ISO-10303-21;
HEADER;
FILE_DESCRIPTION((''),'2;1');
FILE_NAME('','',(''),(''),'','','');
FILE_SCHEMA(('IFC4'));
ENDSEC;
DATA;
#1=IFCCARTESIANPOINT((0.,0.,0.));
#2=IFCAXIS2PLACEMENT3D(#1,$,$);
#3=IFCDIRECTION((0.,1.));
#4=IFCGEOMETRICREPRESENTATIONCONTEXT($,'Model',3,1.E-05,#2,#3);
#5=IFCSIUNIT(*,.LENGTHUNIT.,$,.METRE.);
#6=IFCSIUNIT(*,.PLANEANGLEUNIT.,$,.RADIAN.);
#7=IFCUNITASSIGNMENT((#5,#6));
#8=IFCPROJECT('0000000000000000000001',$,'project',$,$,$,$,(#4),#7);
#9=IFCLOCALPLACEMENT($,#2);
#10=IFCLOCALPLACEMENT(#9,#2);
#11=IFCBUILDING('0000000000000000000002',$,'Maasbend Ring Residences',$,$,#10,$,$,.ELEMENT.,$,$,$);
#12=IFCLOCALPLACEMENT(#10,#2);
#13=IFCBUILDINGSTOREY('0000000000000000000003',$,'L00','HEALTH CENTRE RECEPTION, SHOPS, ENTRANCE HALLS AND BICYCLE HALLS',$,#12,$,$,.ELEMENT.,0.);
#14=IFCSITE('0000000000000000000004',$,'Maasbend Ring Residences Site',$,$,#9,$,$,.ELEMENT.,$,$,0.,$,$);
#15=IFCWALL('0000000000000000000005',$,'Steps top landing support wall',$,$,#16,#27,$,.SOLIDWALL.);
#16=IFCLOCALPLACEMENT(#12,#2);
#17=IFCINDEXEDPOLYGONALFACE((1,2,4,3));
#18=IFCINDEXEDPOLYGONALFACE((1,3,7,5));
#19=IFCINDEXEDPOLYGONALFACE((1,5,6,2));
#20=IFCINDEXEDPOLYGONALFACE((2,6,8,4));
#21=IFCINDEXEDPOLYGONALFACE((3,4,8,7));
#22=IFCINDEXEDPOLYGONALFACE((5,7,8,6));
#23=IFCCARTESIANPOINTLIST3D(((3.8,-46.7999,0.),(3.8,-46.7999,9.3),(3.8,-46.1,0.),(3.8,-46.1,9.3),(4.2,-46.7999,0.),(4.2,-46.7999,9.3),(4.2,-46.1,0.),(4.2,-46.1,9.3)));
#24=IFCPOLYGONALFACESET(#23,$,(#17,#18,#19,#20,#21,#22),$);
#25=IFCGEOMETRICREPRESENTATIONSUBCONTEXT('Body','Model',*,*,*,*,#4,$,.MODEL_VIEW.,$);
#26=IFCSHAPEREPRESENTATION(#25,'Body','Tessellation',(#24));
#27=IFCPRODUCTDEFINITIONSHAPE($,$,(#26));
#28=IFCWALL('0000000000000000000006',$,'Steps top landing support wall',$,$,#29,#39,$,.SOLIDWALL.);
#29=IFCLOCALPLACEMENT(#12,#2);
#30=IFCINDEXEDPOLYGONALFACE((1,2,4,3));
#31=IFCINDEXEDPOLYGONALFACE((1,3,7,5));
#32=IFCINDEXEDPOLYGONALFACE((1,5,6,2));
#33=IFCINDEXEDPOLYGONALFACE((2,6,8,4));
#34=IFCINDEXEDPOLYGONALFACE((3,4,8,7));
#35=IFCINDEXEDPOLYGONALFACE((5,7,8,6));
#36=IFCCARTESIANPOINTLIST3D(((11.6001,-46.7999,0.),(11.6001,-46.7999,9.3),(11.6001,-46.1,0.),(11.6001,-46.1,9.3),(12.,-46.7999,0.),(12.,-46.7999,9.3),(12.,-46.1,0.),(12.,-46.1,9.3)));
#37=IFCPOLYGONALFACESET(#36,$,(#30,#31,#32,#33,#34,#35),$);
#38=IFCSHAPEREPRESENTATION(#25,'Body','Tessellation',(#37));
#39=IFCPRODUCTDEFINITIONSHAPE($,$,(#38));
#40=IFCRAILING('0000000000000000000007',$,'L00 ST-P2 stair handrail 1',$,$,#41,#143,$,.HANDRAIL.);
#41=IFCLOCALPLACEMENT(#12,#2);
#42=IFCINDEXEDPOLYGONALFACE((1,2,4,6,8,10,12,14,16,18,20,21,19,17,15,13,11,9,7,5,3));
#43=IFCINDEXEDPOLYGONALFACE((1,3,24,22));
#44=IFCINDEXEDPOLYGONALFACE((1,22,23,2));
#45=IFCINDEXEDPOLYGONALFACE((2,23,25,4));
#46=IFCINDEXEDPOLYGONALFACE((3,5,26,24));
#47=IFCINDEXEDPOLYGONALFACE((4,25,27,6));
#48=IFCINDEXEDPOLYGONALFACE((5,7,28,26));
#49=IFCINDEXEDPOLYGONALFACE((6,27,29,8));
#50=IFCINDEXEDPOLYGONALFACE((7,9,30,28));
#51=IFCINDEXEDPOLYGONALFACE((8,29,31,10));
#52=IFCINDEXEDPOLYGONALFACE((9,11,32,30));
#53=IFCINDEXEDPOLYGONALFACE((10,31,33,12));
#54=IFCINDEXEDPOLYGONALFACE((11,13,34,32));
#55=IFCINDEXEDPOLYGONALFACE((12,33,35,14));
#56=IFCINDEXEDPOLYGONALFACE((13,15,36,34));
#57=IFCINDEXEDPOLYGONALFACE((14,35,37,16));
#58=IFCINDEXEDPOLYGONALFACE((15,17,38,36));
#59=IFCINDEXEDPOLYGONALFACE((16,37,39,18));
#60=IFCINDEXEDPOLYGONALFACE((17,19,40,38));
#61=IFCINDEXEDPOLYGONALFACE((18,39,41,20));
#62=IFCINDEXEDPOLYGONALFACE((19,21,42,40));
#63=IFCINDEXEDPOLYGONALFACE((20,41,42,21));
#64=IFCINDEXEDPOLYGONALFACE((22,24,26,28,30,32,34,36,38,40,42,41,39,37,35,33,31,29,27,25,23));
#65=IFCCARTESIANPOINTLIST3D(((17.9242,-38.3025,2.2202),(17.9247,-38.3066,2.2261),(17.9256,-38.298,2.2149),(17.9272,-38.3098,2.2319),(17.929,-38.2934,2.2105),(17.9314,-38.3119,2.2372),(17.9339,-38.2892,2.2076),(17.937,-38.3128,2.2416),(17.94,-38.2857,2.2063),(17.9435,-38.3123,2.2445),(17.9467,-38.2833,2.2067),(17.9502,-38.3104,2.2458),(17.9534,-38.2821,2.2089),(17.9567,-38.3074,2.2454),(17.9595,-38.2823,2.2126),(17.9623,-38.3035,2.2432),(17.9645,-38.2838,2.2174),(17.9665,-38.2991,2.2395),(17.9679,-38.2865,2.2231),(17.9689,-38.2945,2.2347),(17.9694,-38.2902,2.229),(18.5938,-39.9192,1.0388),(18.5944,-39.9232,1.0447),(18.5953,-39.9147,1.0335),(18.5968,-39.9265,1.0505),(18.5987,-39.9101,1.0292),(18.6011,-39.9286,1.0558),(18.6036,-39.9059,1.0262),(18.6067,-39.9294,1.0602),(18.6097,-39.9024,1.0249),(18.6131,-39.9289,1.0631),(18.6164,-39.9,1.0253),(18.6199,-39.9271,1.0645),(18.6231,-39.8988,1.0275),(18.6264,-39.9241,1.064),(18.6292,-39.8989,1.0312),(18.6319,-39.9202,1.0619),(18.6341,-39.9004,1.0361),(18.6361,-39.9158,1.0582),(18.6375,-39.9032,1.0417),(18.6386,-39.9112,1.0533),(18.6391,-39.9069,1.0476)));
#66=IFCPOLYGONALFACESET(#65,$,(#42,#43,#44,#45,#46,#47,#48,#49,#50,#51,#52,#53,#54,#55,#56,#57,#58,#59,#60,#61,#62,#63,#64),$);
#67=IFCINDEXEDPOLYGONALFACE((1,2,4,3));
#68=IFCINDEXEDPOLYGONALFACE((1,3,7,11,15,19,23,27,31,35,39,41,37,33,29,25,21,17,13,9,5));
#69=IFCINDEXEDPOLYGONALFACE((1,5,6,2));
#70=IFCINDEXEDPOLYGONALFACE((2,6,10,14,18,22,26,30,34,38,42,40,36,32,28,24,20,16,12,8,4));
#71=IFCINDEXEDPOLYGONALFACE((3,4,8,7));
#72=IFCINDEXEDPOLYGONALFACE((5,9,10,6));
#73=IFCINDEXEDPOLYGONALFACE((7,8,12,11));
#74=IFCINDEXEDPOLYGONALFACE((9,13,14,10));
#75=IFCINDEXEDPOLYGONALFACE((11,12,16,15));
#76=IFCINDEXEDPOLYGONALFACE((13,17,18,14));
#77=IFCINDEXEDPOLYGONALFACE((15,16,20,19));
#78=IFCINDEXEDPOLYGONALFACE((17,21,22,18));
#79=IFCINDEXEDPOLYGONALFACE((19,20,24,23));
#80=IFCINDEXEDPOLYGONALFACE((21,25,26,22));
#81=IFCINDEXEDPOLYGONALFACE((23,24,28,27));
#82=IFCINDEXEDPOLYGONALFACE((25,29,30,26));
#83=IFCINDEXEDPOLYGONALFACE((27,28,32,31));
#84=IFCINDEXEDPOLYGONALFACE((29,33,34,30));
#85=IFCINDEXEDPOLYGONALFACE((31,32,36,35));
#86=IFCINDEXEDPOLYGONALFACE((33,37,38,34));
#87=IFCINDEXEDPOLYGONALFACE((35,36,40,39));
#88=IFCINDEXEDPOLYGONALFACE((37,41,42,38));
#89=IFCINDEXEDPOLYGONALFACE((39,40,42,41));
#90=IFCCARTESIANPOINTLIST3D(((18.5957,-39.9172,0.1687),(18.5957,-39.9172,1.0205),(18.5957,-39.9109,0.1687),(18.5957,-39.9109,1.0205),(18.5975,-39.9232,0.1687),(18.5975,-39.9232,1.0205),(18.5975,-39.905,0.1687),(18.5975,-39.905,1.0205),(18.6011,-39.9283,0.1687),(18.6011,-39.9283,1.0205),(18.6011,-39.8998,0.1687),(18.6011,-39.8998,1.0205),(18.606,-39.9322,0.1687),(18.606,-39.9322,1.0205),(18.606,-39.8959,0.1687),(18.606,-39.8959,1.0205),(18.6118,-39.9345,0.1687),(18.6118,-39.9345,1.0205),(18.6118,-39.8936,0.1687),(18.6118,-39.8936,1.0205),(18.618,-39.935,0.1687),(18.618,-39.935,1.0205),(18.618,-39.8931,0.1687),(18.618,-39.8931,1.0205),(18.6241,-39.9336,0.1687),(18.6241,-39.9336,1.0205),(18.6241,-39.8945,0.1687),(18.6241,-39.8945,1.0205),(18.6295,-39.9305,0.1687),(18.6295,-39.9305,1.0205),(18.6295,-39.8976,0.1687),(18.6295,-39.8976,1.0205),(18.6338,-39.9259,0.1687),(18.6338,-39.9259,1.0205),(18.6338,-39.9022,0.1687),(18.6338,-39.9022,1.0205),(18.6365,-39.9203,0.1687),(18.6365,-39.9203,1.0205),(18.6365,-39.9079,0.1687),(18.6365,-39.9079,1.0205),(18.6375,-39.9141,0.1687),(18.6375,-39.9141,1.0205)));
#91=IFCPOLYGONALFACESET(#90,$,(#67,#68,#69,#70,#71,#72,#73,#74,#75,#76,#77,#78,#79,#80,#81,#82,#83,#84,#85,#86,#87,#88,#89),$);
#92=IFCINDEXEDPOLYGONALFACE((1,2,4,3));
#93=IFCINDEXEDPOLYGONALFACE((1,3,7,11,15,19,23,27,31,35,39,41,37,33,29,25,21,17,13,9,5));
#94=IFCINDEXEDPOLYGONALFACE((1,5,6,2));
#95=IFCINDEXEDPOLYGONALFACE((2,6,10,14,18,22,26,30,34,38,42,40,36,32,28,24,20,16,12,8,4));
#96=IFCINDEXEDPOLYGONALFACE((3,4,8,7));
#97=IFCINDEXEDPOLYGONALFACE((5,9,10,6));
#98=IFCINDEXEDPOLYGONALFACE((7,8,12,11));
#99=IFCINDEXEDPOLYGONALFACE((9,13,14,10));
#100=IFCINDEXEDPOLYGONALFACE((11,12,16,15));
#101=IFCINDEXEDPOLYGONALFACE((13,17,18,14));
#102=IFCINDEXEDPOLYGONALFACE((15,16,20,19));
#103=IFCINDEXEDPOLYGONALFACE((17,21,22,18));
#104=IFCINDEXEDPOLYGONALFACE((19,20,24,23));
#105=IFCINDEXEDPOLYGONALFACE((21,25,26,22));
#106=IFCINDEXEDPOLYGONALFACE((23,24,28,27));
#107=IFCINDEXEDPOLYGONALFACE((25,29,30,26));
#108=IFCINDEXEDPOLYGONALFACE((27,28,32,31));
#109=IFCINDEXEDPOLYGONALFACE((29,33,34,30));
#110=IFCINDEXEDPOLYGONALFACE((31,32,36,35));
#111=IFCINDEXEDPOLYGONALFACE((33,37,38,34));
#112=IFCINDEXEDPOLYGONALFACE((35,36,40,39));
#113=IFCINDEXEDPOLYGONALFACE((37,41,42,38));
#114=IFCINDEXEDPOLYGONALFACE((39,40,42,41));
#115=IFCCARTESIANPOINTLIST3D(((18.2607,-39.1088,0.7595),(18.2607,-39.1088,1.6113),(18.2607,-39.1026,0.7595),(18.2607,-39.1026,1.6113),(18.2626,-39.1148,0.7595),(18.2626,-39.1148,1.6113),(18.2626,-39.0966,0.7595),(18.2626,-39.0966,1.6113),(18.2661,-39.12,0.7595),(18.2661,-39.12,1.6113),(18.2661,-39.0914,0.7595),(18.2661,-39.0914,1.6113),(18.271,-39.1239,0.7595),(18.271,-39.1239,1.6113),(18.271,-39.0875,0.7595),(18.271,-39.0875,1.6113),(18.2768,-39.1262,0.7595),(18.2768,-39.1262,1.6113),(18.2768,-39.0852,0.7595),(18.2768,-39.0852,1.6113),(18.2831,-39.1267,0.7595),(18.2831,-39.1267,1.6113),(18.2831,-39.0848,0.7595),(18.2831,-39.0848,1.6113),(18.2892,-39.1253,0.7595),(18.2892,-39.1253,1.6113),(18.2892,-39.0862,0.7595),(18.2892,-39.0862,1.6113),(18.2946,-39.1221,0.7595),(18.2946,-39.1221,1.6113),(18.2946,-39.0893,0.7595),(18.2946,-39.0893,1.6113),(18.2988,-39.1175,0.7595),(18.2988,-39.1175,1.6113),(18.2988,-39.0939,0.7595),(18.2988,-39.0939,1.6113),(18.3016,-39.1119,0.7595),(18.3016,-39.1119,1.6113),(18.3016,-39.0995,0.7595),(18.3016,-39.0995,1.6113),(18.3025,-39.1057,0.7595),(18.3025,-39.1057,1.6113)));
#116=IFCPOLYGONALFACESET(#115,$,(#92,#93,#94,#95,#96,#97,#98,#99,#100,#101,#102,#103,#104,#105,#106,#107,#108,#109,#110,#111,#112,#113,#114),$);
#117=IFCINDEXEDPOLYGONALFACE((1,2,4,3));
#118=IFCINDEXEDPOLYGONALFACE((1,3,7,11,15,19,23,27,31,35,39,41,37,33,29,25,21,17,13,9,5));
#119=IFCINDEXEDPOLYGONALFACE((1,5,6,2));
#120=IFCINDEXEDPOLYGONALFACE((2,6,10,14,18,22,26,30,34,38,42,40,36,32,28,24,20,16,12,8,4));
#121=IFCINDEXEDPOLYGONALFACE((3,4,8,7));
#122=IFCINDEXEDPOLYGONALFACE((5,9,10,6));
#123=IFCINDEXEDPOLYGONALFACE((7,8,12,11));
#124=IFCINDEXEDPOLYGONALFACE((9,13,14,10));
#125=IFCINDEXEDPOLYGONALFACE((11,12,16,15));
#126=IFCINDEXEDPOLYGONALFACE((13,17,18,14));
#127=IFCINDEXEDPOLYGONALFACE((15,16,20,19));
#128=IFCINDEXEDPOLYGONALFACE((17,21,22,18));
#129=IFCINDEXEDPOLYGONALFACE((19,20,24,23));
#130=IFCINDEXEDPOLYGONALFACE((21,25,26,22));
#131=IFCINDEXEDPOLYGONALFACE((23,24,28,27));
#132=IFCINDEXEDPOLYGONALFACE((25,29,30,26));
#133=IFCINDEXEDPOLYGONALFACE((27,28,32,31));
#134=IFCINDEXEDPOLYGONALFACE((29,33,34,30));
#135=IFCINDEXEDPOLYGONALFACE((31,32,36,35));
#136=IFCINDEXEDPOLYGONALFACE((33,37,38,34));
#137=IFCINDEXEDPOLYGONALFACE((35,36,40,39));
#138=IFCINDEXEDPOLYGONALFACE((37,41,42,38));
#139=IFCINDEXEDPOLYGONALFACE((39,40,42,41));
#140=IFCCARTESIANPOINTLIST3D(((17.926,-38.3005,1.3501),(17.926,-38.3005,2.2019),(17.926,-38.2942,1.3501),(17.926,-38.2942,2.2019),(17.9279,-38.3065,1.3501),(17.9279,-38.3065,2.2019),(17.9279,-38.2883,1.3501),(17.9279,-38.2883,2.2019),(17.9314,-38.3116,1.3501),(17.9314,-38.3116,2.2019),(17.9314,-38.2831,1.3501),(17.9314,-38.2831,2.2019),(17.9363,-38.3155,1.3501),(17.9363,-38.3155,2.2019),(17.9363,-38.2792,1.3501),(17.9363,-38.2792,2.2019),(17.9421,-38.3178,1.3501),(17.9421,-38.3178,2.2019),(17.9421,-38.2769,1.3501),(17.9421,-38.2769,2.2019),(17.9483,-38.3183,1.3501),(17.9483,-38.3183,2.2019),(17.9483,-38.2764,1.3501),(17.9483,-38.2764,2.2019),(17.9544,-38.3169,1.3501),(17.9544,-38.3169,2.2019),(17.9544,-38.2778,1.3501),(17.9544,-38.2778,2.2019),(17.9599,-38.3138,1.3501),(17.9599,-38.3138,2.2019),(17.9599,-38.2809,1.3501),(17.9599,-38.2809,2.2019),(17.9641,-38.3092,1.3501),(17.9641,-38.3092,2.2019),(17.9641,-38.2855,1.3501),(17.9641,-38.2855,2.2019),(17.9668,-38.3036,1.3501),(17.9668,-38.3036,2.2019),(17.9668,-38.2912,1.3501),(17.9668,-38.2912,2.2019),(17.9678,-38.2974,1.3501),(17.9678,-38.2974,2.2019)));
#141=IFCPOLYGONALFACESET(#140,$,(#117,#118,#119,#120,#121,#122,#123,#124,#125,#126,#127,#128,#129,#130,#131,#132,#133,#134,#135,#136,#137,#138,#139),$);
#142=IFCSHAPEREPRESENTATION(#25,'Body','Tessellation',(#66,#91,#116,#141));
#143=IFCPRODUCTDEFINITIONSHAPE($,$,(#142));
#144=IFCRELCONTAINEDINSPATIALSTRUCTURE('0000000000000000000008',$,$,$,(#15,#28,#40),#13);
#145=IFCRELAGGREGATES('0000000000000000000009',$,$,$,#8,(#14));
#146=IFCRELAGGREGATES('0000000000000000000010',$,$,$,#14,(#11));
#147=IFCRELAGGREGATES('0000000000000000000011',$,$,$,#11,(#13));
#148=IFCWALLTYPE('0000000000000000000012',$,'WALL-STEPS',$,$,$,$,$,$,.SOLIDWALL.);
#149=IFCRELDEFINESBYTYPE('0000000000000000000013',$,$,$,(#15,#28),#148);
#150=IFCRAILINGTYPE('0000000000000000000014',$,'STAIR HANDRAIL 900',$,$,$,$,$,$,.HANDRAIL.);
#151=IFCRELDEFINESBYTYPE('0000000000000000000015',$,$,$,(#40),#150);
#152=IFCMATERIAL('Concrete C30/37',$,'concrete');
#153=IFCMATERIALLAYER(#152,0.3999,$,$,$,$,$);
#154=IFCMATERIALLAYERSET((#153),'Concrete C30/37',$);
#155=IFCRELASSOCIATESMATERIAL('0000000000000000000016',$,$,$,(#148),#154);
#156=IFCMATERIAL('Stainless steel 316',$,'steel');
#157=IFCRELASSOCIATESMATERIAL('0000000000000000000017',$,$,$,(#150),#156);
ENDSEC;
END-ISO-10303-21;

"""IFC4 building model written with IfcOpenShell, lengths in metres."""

from ifc_helpers import new_model, si_unit, direction, frame, frame_2d, origin, origin_2d, place, context, subcontext, project, spatial, rectangle, circle, extrude, material, layer, layer_set, type_object, element, save


model = new_model("IFC4")

# Units and contexts
model_context = context("Model", 3, precision=1e-05, world=origin(), true_north=direction((0.0, 1.0)))
body_context = subcontext(model_context, "Body", "Model", "MODEL_VIEW")
ifc_project = project(units=[si_unit("LENGTHUNIT", "METRE"), si_unit("PLANEANGLEUNIT", "RADIAN")], contexts=[model_context])

# Site, building, storey
site_placement = place(None, origin())
site = spatial("IfcSite", under=ifc_project, at=site_placement, Name="Maasbend Ring Residences Site", CompositionType="ELEMENT", RefElevation=0.0)
building_placement = place(site_placement, origin())
building = spatial("IfcBuilding", under=site, at=building_placement, Name="Maasbend Ring Residences", CompositionType="ELEMENT")
storey_placement = place(building_placement, origin())
storey = spatial("IfcBuildingStorey", under=building, at=storey_placement, Name="L00", Description="HEALTH CENTRE RECEPTION, SHOPS, ENTRANCE HALLS AND BICYCLE HALLS", CompositionType="ELEMENT", Elevation=0.0)

# Walls
ifc_material_1 = material(Name="Concrete C30/37", Category="concrete")
ifc_layer_1 = layer(ifc_material_1, 0.3999)
ifc_layer_set_1 = layer_set([ifc_layer_1], Name="Concrete C30/37")
wall_type_1 = type_object("IfcWallType", Name="WALL-STEPS", PredefinedType="SOLIDWALL", material=ifc_layer_set_1)
for number, where, z_axis, x_axis, name in (
    (1, (4.0, -46.8, 0.0), (0.0, 0.0, 1.0), (0.0, 1.0, 0.0), "Steps top landing support wall"),
    (2, (11.8, -46.8, 0.0), (0.0, 0.0, 1.0), (0.0, 1.0, 0.0), "Steps top landing support wall"),
):
    element("IfcWall", number, at=place(storey_placement, frame(where, z_axis=z_axis, x_axis=x_axis)), inside=storey, type_object=wall_type_1, Name=name, PredefinedType="SOLIDWALL", context=body_context, shape_type="SweptSolid", body=[
        extrude(rectangle(XDim=0.7, YDim=0.3999, at=frame_2d((0.3501, 0.0))), origin(), (0.0, 0.0, 1.0), 9.3),
    ])

# Railing
ifc_material_2 = material(Name="Stainless steel 316", Category="steel")
railing_type_1 = type_object("IfcRailingType", Name="STAIR HANDRAIL 900", PredefinedType="HANDRAIL", material=ifc_material_2)
railing_1_placement = place(storey_placement, frame((18.6165, -39.9141, 0.1687)))
element("IfcRailing", 3, at=railing_1_placement, inside=storey, type_object=railing_type_1, Name="L00 ST-P2 stair handrail 1", PredefinedType="HANDRAIL", context=body_context, shape_type="SweptSolid", body=[
    extrude(circle(Radius=0.0239, at=origin_2d()), frame((0.0, 0.0, 0.876), z_axis=(-0.317177, 0.765711, 0.55954), x_axis=(-0.923876, -0.382693, 0.0)), (0.0, 0.0, 1.0), 2.1113),
    extrude(circle(Radius=0.021, at=origin_2d()), origin(), (0.0, 0.0, 1.0), 0.8518),
    extrude(circle(Radius=0.021, at=origin_2d()), frame((-0.335, 0.8083, 0.5908)), (0.0, 0.0, 1.0), 0.8518),
    extrude(circle(Radius=0.021, at=origin_2d()), frame((-0.6697, 1.6167, 1.1814)), (0.0, 0.0, 1.0), 0.8518),
])

save(model, "model.ifc")
